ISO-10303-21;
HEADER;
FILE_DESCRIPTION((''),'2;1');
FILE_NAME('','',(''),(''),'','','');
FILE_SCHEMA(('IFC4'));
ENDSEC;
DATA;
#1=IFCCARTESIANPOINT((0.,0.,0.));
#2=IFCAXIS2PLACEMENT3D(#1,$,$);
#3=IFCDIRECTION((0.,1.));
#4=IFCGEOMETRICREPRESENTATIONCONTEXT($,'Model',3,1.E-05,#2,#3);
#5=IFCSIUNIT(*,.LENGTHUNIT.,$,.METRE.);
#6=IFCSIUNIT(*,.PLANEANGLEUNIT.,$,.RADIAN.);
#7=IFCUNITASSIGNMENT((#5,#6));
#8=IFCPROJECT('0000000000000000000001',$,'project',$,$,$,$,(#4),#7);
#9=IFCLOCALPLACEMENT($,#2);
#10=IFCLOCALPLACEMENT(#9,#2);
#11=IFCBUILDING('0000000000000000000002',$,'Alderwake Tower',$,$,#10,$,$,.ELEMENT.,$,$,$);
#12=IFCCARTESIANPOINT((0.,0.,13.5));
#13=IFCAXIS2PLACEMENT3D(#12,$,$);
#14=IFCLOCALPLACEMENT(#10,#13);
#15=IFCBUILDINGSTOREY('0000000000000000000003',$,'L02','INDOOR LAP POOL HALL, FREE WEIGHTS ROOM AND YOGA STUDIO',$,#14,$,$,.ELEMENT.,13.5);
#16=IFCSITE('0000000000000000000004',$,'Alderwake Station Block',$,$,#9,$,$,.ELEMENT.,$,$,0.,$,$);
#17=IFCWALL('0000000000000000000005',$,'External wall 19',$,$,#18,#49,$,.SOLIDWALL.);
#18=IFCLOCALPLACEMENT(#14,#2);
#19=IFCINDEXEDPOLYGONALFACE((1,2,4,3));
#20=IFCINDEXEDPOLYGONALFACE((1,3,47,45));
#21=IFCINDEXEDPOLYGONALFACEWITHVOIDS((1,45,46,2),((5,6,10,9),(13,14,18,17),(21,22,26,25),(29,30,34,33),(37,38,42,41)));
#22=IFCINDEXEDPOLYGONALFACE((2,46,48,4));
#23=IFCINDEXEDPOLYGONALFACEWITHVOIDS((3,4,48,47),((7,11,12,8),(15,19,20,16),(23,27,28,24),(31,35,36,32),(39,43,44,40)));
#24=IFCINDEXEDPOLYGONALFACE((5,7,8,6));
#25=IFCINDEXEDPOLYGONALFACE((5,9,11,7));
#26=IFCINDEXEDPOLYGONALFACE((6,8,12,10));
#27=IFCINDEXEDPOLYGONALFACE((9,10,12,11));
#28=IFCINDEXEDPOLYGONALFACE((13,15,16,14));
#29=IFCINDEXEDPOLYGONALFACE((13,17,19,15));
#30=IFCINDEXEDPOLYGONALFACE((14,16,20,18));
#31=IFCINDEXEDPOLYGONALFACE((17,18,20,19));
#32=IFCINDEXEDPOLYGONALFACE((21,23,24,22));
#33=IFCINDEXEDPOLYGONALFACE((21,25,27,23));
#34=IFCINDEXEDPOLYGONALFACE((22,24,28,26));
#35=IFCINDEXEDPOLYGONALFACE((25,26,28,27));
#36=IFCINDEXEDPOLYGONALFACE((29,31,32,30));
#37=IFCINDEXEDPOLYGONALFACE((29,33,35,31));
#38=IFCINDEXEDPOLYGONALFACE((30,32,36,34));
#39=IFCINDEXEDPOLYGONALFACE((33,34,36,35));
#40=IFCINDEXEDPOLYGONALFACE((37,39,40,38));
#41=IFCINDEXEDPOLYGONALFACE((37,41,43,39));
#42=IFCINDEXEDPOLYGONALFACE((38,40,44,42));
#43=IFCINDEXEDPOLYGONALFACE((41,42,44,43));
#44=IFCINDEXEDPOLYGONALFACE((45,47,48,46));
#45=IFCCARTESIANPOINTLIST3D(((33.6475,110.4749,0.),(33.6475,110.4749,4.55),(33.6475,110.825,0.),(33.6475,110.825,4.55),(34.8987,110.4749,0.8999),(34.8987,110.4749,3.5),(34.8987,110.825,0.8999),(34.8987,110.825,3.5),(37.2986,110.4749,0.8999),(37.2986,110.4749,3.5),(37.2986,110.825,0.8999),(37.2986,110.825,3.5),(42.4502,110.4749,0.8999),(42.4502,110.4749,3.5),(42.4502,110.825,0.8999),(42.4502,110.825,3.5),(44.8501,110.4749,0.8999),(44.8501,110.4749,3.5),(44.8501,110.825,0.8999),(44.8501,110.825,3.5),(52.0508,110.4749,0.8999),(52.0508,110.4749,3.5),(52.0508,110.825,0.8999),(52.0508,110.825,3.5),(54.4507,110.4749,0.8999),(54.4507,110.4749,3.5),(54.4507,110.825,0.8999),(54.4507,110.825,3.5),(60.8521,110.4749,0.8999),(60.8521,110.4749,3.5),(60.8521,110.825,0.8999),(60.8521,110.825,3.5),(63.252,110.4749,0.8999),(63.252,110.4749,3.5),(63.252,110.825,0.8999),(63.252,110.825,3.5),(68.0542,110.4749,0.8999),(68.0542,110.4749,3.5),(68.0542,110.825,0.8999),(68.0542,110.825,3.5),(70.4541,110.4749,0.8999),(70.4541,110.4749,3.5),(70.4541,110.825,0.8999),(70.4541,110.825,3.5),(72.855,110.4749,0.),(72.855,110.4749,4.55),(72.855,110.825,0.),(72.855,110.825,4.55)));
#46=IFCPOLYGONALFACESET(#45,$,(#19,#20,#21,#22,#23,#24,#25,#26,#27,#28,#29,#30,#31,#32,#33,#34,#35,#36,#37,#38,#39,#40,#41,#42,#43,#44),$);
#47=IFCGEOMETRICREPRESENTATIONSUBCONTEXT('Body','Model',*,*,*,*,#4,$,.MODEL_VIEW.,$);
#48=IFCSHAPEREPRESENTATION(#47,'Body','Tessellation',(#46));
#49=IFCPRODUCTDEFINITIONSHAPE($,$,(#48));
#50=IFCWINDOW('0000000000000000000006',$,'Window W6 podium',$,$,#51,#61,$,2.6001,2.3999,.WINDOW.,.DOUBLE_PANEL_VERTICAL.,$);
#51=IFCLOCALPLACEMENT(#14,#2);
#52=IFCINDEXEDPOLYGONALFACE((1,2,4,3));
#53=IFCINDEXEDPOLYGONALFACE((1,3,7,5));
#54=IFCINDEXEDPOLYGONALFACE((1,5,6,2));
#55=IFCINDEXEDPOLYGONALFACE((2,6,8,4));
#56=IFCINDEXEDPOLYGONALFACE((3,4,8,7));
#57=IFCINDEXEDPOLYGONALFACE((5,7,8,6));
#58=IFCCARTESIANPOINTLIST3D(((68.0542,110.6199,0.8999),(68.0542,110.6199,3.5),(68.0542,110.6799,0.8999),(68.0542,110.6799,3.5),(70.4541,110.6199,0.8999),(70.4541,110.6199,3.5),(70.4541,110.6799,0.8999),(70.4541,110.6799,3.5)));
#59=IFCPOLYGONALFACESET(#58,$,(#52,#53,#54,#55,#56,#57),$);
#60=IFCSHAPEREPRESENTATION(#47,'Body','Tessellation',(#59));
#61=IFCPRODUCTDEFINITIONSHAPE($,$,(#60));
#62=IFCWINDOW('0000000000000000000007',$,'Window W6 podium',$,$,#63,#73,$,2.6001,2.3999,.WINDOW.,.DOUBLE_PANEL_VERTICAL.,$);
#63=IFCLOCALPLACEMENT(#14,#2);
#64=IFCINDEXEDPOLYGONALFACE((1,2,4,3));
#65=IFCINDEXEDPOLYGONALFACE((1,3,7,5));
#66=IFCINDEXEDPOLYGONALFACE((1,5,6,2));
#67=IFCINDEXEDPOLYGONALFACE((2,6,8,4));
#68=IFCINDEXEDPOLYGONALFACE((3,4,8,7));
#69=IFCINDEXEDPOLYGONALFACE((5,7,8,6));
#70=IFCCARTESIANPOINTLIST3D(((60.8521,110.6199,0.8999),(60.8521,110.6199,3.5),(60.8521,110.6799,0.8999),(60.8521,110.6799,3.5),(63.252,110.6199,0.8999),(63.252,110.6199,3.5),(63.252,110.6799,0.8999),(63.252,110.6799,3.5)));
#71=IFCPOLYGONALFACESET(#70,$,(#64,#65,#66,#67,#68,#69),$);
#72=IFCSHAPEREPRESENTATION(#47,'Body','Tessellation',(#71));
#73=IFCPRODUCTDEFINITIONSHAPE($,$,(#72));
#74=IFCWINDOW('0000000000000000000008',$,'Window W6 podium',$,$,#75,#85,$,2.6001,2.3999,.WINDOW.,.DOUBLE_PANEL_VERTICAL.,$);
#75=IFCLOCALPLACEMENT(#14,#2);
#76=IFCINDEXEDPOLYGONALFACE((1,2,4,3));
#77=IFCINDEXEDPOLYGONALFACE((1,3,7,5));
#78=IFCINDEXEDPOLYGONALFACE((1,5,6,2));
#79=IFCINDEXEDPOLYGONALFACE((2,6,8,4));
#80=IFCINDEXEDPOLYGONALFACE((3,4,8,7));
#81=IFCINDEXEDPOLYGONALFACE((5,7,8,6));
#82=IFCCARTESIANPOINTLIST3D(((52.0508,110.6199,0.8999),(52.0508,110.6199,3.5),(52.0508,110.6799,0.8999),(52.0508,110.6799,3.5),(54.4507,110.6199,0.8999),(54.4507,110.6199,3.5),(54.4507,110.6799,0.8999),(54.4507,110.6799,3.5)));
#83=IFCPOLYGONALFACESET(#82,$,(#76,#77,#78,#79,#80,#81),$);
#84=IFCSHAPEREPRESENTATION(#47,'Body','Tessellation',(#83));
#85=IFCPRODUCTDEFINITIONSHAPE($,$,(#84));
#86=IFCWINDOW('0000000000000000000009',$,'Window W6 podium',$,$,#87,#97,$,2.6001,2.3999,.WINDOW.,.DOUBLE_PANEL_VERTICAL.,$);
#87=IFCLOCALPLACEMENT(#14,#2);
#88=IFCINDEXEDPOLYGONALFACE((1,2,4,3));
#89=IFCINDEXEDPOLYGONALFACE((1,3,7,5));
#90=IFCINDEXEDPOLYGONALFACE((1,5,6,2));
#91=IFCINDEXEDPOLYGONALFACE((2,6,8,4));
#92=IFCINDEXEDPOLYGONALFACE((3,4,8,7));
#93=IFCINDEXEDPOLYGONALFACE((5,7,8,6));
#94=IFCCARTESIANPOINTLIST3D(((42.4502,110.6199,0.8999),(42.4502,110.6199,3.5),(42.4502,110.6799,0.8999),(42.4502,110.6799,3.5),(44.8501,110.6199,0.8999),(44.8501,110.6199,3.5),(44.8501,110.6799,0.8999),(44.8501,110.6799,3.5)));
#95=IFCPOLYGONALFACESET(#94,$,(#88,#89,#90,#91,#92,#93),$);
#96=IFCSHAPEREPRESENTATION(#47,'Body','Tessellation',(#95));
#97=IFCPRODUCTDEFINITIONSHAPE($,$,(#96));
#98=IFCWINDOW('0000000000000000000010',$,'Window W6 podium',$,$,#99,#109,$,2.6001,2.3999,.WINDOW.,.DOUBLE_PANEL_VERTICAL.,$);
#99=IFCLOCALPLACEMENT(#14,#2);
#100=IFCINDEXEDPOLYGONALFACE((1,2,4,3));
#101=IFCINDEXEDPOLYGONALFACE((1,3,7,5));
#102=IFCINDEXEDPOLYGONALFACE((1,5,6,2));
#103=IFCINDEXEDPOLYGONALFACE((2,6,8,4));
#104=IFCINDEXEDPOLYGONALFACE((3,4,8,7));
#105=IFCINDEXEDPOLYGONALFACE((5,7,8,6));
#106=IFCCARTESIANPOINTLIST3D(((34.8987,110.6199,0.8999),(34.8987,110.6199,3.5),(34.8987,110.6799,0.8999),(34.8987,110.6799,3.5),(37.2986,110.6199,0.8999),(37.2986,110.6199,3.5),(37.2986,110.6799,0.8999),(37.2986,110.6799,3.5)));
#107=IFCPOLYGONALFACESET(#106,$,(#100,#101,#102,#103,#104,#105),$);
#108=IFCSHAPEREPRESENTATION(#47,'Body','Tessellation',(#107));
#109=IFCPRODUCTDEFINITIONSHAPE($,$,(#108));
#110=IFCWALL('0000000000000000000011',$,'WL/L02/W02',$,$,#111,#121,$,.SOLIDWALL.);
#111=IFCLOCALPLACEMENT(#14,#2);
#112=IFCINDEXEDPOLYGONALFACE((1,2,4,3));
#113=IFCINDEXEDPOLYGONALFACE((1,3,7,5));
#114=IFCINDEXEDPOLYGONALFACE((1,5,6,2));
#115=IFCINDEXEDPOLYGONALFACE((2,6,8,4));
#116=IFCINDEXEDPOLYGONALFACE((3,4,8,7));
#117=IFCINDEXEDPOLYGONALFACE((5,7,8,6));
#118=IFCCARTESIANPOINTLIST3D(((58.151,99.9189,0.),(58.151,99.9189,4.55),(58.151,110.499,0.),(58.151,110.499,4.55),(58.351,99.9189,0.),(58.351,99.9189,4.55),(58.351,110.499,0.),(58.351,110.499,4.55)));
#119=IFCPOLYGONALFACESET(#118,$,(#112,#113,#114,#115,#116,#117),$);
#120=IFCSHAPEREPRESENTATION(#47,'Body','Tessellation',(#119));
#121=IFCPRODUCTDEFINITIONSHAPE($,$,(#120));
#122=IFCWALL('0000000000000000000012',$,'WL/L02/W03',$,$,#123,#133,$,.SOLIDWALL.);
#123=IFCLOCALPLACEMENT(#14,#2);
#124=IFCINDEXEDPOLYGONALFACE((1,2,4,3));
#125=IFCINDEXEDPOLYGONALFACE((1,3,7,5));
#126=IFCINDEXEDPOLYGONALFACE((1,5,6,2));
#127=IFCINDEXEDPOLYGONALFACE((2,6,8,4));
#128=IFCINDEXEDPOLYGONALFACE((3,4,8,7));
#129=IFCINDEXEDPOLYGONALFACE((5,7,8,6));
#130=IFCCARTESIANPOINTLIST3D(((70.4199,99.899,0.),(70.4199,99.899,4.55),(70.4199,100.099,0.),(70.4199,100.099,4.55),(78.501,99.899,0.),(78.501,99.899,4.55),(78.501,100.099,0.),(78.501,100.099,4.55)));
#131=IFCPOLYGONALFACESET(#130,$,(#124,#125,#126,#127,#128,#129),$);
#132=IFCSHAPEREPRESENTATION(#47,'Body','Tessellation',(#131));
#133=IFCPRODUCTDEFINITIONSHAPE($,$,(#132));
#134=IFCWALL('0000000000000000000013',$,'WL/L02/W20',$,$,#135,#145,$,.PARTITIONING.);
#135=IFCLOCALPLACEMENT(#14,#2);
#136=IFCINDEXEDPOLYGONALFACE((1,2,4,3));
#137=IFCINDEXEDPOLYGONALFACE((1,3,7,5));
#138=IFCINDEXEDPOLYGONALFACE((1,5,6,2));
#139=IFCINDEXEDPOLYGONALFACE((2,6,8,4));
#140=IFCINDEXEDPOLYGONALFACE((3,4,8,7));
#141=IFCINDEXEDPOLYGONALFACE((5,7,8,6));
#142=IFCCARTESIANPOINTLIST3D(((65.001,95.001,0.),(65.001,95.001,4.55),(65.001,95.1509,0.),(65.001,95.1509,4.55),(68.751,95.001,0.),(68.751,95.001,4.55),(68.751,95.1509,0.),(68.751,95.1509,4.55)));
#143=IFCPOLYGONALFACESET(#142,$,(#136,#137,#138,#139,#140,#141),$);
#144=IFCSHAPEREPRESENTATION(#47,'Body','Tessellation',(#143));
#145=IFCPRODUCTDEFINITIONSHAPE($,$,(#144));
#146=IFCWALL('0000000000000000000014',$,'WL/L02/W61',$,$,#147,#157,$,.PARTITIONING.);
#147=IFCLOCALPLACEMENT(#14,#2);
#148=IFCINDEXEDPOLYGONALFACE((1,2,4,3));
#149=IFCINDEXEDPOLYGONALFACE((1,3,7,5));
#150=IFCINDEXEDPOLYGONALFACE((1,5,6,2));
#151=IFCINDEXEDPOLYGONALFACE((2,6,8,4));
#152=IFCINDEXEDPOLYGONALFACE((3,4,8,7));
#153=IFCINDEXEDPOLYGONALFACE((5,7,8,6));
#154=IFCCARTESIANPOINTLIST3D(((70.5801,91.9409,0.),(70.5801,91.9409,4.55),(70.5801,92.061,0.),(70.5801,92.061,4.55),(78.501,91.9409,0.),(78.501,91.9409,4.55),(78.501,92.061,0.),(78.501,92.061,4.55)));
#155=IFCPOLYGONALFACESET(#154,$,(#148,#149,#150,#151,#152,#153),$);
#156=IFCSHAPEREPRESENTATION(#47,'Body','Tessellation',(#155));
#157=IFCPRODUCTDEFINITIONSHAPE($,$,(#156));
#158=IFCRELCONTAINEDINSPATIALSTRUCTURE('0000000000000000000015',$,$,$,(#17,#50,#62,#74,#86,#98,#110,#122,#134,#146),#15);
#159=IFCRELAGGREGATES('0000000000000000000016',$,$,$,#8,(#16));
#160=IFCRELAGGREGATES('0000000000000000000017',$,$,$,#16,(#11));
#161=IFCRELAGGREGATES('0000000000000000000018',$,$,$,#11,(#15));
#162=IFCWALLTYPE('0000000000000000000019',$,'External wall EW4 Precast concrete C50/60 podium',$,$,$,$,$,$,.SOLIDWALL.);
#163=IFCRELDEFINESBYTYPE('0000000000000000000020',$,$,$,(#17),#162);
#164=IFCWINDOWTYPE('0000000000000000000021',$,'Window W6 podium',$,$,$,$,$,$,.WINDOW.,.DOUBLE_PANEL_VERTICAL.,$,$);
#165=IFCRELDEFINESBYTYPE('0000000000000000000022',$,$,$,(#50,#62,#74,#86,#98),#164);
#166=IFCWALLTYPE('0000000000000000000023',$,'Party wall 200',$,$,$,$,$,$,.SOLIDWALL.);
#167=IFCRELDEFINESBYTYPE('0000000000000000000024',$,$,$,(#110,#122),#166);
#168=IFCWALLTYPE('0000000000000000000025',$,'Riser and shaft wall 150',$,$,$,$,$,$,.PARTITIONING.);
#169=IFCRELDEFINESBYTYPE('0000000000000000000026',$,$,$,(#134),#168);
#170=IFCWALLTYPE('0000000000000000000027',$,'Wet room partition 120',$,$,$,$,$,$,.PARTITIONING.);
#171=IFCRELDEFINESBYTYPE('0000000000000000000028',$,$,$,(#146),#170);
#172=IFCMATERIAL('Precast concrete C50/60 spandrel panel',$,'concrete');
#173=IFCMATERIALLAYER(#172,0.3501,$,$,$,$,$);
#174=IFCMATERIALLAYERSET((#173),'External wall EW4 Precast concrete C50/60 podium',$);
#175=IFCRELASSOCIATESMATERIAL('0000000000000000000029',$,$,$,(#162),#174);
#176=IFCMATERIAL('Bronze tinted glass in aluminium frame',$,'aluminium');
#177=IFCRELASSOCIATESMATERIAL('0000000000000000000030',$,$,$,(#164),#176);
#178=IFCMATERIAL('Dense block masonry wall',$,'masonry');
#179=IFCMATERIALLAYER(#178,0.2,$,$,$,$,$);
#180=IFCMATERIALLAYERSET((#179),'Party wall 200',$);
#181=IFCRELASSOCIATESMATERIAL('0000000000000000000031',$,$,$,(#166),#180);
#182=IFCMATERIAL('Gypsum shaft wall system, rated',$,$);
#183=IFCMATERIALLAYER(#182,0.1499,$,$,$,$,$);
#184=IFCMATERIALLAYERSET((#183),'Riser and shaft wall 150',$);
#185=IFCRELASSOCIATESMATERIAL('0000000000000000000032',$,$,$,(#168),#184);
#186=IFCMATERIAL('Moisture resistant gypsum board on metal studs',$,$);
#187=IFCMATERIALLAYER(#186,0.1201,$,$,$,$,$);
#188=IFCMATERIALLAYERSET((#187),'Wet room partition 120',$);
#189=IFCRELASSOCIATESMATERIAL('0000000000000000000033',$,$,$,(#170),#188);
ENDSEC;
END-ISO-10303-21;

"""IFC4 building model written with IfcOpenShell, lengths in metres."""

from ifc_helpers import new_model, si_unit, direction, frame, frame_2d, origin, place, context, subcontext, project, spatial, rectangle, extrude, material, layer, layer_set, type_object, element, fill, save


model = new_model("IFC4")

# Units and contexts
model_context = context("Model", 3, precision=1e-05, world=origin(), true_north=direction((0.0, 1.0)))
body_context = subcontext(model_context, "Body", "Model", "MODEL_VIEW")
ifc_project = project(units=[si_unit("LENGTHUNIT", "METRE"), si_unit("PLANEANGLEUNIT", "RADIAN")], contexts=[model_context])

# Site, building, storey
site_placement = place(None, origin())
site = spatial("IfcSite", under=ifc_project, at=site_placement, Name="Alderwake Station Block", CompositionType="ELEMENT", RefElevation=0.0)
building_placement = place(site_placement, origin())
building = spatial("IfcBuilding", under=site, at=building_placement, Name="Alderwake Tower", CompositionType="ELEMENT")
storey_placement = place(building_placement, frame((0.0, 0.0, 13.5)))
storey = spatial("IfcBuildingStorey", under=building, at=storey_placement, Name="L02", Description="INDOOR LAP POOL HALL, FREE WEIGHTS ROOM AND YOGA STUDIO", CompositionType="ELEMENT", Elevation=13.5)

# Shared definitions
ifc_material_1 = material(Name="Precast concrete C50/60 spandrel panel", Category="concrete")
ifc_layer_1 = layer(ifc_material_1, 0.3501)
ifc_layer_set_1 = layer_set([ifc_layer_1], Name="External wall EW4 Precast concrete C50/60 podium")
wall_type_1 = type_object("IfcWallType", Name="External wall EW4 Precast concrete C50/60 podium", PredefinedType="SOLIDWALL", material=ifc_layer_set_1)

# Wall, openings, windows
wall_1_placement = place(storey_placement, frame((72.855, 110.6499, 0.0), z_axis=(0.0, 0.0, 1.0), x_axis=(-1.0, 0.0, 0.0)))
wall_1 = element("IfcWall", 1, at=wall_1_placement, inside=storey, type_object=wall_type_1, Name="External wall 19", PredefinedType="SOLIDWALL", context=body_context, shape_type="SweptSolid", body=[
    extrude(rectangle(XDim=39.2075, YDim=0.3501, at=frame_2d((19.6038, 0.0))), origin(), (0.0, 0.0, 1.0), 4.55),
])
opening_1_placement = place(wall_1_placement, frame((2.4009, 0.0, 0.8999)))
opening_1 = element("IfcOpeningElement", 2, at=opening_1_placement, cuts=wall_1, PredefinedType="OPENING", context=body_context, shape_type="SweptSolid", body=[
    extrude(rectangle(XDim=2.3999, YDim=2.6001, at=frame_2d((1.2, 1.3))), frame((0.0, 0.1851, 0.0), z_axis=(0.0, -1.0, 0.0), x_axis=(1.0, 0.0, 0.0)), (0.0, 0.0, 1.0), 0.3701),
])
opening_2_placement = place(wall_1_placement, frame((9.603, 0.0, 0.8999)))
opening_2 = element("IfcOpeningElement", 3, at=opening_2_placement, cuts=wall_1, PredefinedType="OPENING", context=body_context, shape_type="SweptSolid", body=[
    extrude(rectangle(XDim=2.3999, YDim=2.6001, at=frame_2d((1.2, 1.3))), frame((0.0, 0.1851, 0.0), z_axis=(0.0, -1.0, 0.0), x_axis=(1.0, 0.0, 0.0)), (0.0, 0.0, 1.0), 0.3701),
])
opening_3_placement = place(wall_1_placement, frame((18.4043, 0.0, 0.8999)))
opening_3 = element("IfcOpeningElement", 4, at=opening_3_placement, cuts=wall_1, PredefinedType="OPENING", context=body_context, shape_type="SweptSolid", body=[
    extrude(rectangle(XDim=2.3999, YDim=2.6001, at=frame_2d((1.2, 1.3))), frame((0.0, 0.1851, 0.0), z_axis=(0.0, -1.0, 0.0), x_axis=(1.0, 0.0, 0.0)), (0.0, 0.0, 1.0), 0.3701),
])
opening_4_placement = place(wall_1_placement, frame((28.0049, 0.0, 0.8999)))
opening_4 = element("IfcOpeningElement", 5, at=opening_4_placement, cuts=wall_1, PredefinedType="OPENING", context=body_context, shape_type="SweptSolid", body=[
    extrude(rectangle(XDim=2.3999, YDim=2.6001, at=frame_2d((1.2, 1.3))), frame((0.0, 0.1851, 0.0), z_axis=(0.0, -1.0, 0.0), x_axis=(1.0, 0.0, 0.0)), (0.0, 0.0, 1.0), 0.3701),
])
opening_5_placement = place(wall_1_placement, frame((35.5564, 0.0, 0.8999)))
opening_5 = element("IfcOpeningElement", 6, at=opening_5_placement, cuts=wall_1, PredefinedType="OPENING", context=body_context, shape_type="SweptSolid", body=[
    extrude(rectangle(XDim=2.3999, YDim=2.6001, at=frame_2d((1.2, 1.3))), frame((0.0, 0.1851, 0.0), z_axis=(0.0, -1.0, 0.0), x_axis=(1.0, 0.0, 0.0)), (0.0, 0.0, 1.0), 0.3701),
])
ifc_material_2 = material(Name="Bronze tinted glass in aluminium frame", Category="aluminium")
window_type = type_object("IfcWindowType", Name="Window W6 podium", PartitioningType="DOUBLE_PANEL_VERTICAL", PredefinedType="WINDOW", material=ifc_material_2)
window_1_placement = place(opening_1_placement, origin())
window_1 = element("IfcWindow", 7, at=window_1_placement, inside=storey, type_object=window_type, Name="Window W6 podium", OverallHeight=2.6001, OverallWidth=2.3999, PartitioningType="DOUBLE_PANEL_VERTICAL", PredefinedType="WINDOW", context=body_context, shape_type="SweptSolid", body=[
    extrude(rectangle(XDim=2.3999, YDim=2.6001, at=frame_2d((1.2, 1.3))), frame((0.0, 0.03, 0.0), z_axis=(0.0, -1.0, 0.0), x_axis=(1.0, 0.0, 0.0)), (0.0, 0.0, 1.0), 0.0601),
])
fill(opening_1, window_1)
window_2_placement = place(opening_2_placement, origin())
window_2 = element("IfcWindow", 8, at=window_2_placement, inside=storey, type_object=window_type, Name="Window W6 podium", OverallHeight=2.6001, OverallWidth=2.3999, PartitioningType="DOUBLE_PANEL_VERTICAL", PredefinedType="WINDOW", context=body_context, shape_type="SweptSolid", body=[
    extrude(rectangle(XDim=2.3999, YDim=2.6001, at=frame_2d((1.2, 1.3))), frame((0.0, 0.03, 0.0), z_axis=(0.0, -1.0, 0.0), x_axis=(1.0, 0.0, 0.0)), (0.0, 0.0, 1.0), 0.0601),
])
fill(opening_2, window_2)
window_3_placement = place(opening_3_placement, origin())
window_3 = element("IfcWindow", 9, at=window_3_placement, inside=storey, type_object=window_type, Name="Window W6 podium", OverallHeight=2.6001, OverallWidth=2.3999, PartitioningType="DOUBLE_PANEL_VERTICAL", PredefinedType="WINDOW", context=body_context, shape_type="SweptSolid", body=[
    extrude(rectangle(XDim=2.3999, YDim=2.6001, at=frame_2d((1.2, 1.3))), frame((0.0, 0.03, 0.0), z_axis=(0.0, -1.0, 0.0), x_axis=(1.0, 0.0, 0.0)), (0.0, 0.0, 1.0), 0.0601),
])
fill(opening_3, window_3)
window_4_placement = place(opening_4_placement, origin())
window_4 = element("IfcWindow", 10, at=window_4_placement, inside=storey, type_object=window_type, Name="Window W6 podium", OverallHeight=2.6001, OverallWidth=2.3999, PartitioningType="DOUBLE_PANEL_VERTICAL", PredefinedType="WINDOW", context=body_context, shape_type="SweptSolid", body=[
    extrude(rectangle(XDim=2.3999, YDim=2.6001, at=frame_2d((1.2, 1.3))), frame((0.0, 0.03, 0.0), z_axis=(0.0, -1.0, 0.0), x_axis=(1.0, 0.0, 0.0)), (0.0, 0.0, 1.0), 0.0601),
])
fill(opening_4, window_4)
window_5_placement = place(opening_5_placement, origin())
window_5 = element("IfcWindow", 11, at=window_5_placement, inside=storey, type_object=window_type, Name="Window W6 podium", OverallHeight=2.6001, OverallWidth=2.3999, PartitioningType="DOUBLE_PANEL_VERTICAL", PredefinedType="WINDOW", context=body_context, shape_type="SweptSolid", body=[
    extrude(rectangle(XDim=2.3999, YDim=2.6001, at=frame_2d((1.2, 1.3))), frame((0.0, 0.03, 0.0), z_axis=(0.0, -1.0, 0.0), x_axis=(1.0, 0.0, 0.0)), (0.0, 0.0, 1.0), 0.0601),
])
fill(opening_5, window_5)

# Walls
ifc_material_3 = material(Name="Dense block masonry wall", Category="masonry")
ifc_layer_2 = layer(ifc_material_3, 0.2)
ifc_layer_set_2 = layer_set([ifc_layer_2], Name="Party wall 200")
wall_type_2 = type_object("IfcWallType", Name="Party wall 200", PredefinedType="SOLIDWALL", material=ifc_layer_set_2)
wall_2_placement = place(storey_placement, frame((58.251, 110.499, 0.0), z_axis=(0.0, 0.0, 1.0), x_axis=(0.0, -1.0, 0.0)))
element("IfcWall", 12, at=wall_2_placement, inside=storey, type_object=wall_type_2, Name="WL/L02/W02", PredefinedType="SOLIDWALL", context=body_context, shape_type="SweptSolid", body=[
    extrude(rectangle(XDim=10.5801, YDim=0.2, at=frame_2d((5.29, 0.0))), origin(), (0.0, 0.0, 1.0), 4.55),
])
wall_3_placement = place(storey_placement, frame((78.501, 99.999, 0.0), z_axis=(0.0, 0.0, 1.0), x_axis=(-1.0, 0.0, 0.0)))
element("IfcWall", 13, at=wall_3_placement, inside=storey, type_object=wall_type_2, Name="WL/L02/W03", PredefinedType="SOLIDWALL", context=body_context, shape_type="SweptSolid", body=[
    extrude(rectangle(XDim=8.0811, YDim=0.2, at=frame_2d((4.0405, 0.0))), origin(), (0.0, 0.0, 1.0), 4.55),
])
ifc_material_4 = material(Name="Gypsum shaft wall system, rated")
ifc_layer_3 = layer(ifc_material_4, 0.1499)
ifc_layer_set_3 = layer_set([ifc_layer_3], Name="Riser and shaft wall 150")
wall_type_3 = type_object("IfcWallType", Name="Riser and shaft wall 150", PredefinedType="PARTITIONING", material=ifc_layer_set_3)
wall_4_placement = place(storey_placement, frame((68.751, 95.0759, 0.0), z_axis=(0.0, 0.0, 1.0), x_axis=(-1.0, 0.0, 0.0)))
element("IfcWall", 14, at=wall_4_placement, inside=storey, type_object=wall_type_3, Name="WL/L02/W20", PredefinedType="PARTITIONING", context=body_context, shape_type="SweptSolid", body=[
    extrude(rectangle(XDim=3.75, YDim=0.1499, at=frame_2d((1.875, 0.0))), origin(), (0.0, 0.0, 1.0), 4.55),
])
ifc_material_5 = material(Name="Moisture resistant gypsum board on metal studs")
ifc_layer_4 = layer(ifc_material_5, 0.1201)
ifc_layer_set_4 = layer_set([ifc_layer_4], Name="Wet room partition 120")
wall_type_4 = type_object("IfcWallType", Name="Wet room partition 120", PredefinedType="PARTITIONING", material=ifc_layer_set_4)
wall_5_placement = place(storey_placement, frame((78.501, 92.001, 0.0), z_axis=(0.0, 0.0, 1.0), x_axis=(-1.0, 0.0, 0.0)))
element("IfcWall", 15, at=wall_5_placement, inside=storey, type_object=wall_type_4, Name="WL/L02/W61", PredefinedType="PARTITIONING", context=body_context, shape_type="SweptSolid", body=[
    extrude(rectangle(XDim=7.9209, YDim=0.1201, at=frame_2d((3.9604, 0.0))), origin(), (0.0, 0.0, 1.0), 4.55),
])

save(model, "model.ifc")
